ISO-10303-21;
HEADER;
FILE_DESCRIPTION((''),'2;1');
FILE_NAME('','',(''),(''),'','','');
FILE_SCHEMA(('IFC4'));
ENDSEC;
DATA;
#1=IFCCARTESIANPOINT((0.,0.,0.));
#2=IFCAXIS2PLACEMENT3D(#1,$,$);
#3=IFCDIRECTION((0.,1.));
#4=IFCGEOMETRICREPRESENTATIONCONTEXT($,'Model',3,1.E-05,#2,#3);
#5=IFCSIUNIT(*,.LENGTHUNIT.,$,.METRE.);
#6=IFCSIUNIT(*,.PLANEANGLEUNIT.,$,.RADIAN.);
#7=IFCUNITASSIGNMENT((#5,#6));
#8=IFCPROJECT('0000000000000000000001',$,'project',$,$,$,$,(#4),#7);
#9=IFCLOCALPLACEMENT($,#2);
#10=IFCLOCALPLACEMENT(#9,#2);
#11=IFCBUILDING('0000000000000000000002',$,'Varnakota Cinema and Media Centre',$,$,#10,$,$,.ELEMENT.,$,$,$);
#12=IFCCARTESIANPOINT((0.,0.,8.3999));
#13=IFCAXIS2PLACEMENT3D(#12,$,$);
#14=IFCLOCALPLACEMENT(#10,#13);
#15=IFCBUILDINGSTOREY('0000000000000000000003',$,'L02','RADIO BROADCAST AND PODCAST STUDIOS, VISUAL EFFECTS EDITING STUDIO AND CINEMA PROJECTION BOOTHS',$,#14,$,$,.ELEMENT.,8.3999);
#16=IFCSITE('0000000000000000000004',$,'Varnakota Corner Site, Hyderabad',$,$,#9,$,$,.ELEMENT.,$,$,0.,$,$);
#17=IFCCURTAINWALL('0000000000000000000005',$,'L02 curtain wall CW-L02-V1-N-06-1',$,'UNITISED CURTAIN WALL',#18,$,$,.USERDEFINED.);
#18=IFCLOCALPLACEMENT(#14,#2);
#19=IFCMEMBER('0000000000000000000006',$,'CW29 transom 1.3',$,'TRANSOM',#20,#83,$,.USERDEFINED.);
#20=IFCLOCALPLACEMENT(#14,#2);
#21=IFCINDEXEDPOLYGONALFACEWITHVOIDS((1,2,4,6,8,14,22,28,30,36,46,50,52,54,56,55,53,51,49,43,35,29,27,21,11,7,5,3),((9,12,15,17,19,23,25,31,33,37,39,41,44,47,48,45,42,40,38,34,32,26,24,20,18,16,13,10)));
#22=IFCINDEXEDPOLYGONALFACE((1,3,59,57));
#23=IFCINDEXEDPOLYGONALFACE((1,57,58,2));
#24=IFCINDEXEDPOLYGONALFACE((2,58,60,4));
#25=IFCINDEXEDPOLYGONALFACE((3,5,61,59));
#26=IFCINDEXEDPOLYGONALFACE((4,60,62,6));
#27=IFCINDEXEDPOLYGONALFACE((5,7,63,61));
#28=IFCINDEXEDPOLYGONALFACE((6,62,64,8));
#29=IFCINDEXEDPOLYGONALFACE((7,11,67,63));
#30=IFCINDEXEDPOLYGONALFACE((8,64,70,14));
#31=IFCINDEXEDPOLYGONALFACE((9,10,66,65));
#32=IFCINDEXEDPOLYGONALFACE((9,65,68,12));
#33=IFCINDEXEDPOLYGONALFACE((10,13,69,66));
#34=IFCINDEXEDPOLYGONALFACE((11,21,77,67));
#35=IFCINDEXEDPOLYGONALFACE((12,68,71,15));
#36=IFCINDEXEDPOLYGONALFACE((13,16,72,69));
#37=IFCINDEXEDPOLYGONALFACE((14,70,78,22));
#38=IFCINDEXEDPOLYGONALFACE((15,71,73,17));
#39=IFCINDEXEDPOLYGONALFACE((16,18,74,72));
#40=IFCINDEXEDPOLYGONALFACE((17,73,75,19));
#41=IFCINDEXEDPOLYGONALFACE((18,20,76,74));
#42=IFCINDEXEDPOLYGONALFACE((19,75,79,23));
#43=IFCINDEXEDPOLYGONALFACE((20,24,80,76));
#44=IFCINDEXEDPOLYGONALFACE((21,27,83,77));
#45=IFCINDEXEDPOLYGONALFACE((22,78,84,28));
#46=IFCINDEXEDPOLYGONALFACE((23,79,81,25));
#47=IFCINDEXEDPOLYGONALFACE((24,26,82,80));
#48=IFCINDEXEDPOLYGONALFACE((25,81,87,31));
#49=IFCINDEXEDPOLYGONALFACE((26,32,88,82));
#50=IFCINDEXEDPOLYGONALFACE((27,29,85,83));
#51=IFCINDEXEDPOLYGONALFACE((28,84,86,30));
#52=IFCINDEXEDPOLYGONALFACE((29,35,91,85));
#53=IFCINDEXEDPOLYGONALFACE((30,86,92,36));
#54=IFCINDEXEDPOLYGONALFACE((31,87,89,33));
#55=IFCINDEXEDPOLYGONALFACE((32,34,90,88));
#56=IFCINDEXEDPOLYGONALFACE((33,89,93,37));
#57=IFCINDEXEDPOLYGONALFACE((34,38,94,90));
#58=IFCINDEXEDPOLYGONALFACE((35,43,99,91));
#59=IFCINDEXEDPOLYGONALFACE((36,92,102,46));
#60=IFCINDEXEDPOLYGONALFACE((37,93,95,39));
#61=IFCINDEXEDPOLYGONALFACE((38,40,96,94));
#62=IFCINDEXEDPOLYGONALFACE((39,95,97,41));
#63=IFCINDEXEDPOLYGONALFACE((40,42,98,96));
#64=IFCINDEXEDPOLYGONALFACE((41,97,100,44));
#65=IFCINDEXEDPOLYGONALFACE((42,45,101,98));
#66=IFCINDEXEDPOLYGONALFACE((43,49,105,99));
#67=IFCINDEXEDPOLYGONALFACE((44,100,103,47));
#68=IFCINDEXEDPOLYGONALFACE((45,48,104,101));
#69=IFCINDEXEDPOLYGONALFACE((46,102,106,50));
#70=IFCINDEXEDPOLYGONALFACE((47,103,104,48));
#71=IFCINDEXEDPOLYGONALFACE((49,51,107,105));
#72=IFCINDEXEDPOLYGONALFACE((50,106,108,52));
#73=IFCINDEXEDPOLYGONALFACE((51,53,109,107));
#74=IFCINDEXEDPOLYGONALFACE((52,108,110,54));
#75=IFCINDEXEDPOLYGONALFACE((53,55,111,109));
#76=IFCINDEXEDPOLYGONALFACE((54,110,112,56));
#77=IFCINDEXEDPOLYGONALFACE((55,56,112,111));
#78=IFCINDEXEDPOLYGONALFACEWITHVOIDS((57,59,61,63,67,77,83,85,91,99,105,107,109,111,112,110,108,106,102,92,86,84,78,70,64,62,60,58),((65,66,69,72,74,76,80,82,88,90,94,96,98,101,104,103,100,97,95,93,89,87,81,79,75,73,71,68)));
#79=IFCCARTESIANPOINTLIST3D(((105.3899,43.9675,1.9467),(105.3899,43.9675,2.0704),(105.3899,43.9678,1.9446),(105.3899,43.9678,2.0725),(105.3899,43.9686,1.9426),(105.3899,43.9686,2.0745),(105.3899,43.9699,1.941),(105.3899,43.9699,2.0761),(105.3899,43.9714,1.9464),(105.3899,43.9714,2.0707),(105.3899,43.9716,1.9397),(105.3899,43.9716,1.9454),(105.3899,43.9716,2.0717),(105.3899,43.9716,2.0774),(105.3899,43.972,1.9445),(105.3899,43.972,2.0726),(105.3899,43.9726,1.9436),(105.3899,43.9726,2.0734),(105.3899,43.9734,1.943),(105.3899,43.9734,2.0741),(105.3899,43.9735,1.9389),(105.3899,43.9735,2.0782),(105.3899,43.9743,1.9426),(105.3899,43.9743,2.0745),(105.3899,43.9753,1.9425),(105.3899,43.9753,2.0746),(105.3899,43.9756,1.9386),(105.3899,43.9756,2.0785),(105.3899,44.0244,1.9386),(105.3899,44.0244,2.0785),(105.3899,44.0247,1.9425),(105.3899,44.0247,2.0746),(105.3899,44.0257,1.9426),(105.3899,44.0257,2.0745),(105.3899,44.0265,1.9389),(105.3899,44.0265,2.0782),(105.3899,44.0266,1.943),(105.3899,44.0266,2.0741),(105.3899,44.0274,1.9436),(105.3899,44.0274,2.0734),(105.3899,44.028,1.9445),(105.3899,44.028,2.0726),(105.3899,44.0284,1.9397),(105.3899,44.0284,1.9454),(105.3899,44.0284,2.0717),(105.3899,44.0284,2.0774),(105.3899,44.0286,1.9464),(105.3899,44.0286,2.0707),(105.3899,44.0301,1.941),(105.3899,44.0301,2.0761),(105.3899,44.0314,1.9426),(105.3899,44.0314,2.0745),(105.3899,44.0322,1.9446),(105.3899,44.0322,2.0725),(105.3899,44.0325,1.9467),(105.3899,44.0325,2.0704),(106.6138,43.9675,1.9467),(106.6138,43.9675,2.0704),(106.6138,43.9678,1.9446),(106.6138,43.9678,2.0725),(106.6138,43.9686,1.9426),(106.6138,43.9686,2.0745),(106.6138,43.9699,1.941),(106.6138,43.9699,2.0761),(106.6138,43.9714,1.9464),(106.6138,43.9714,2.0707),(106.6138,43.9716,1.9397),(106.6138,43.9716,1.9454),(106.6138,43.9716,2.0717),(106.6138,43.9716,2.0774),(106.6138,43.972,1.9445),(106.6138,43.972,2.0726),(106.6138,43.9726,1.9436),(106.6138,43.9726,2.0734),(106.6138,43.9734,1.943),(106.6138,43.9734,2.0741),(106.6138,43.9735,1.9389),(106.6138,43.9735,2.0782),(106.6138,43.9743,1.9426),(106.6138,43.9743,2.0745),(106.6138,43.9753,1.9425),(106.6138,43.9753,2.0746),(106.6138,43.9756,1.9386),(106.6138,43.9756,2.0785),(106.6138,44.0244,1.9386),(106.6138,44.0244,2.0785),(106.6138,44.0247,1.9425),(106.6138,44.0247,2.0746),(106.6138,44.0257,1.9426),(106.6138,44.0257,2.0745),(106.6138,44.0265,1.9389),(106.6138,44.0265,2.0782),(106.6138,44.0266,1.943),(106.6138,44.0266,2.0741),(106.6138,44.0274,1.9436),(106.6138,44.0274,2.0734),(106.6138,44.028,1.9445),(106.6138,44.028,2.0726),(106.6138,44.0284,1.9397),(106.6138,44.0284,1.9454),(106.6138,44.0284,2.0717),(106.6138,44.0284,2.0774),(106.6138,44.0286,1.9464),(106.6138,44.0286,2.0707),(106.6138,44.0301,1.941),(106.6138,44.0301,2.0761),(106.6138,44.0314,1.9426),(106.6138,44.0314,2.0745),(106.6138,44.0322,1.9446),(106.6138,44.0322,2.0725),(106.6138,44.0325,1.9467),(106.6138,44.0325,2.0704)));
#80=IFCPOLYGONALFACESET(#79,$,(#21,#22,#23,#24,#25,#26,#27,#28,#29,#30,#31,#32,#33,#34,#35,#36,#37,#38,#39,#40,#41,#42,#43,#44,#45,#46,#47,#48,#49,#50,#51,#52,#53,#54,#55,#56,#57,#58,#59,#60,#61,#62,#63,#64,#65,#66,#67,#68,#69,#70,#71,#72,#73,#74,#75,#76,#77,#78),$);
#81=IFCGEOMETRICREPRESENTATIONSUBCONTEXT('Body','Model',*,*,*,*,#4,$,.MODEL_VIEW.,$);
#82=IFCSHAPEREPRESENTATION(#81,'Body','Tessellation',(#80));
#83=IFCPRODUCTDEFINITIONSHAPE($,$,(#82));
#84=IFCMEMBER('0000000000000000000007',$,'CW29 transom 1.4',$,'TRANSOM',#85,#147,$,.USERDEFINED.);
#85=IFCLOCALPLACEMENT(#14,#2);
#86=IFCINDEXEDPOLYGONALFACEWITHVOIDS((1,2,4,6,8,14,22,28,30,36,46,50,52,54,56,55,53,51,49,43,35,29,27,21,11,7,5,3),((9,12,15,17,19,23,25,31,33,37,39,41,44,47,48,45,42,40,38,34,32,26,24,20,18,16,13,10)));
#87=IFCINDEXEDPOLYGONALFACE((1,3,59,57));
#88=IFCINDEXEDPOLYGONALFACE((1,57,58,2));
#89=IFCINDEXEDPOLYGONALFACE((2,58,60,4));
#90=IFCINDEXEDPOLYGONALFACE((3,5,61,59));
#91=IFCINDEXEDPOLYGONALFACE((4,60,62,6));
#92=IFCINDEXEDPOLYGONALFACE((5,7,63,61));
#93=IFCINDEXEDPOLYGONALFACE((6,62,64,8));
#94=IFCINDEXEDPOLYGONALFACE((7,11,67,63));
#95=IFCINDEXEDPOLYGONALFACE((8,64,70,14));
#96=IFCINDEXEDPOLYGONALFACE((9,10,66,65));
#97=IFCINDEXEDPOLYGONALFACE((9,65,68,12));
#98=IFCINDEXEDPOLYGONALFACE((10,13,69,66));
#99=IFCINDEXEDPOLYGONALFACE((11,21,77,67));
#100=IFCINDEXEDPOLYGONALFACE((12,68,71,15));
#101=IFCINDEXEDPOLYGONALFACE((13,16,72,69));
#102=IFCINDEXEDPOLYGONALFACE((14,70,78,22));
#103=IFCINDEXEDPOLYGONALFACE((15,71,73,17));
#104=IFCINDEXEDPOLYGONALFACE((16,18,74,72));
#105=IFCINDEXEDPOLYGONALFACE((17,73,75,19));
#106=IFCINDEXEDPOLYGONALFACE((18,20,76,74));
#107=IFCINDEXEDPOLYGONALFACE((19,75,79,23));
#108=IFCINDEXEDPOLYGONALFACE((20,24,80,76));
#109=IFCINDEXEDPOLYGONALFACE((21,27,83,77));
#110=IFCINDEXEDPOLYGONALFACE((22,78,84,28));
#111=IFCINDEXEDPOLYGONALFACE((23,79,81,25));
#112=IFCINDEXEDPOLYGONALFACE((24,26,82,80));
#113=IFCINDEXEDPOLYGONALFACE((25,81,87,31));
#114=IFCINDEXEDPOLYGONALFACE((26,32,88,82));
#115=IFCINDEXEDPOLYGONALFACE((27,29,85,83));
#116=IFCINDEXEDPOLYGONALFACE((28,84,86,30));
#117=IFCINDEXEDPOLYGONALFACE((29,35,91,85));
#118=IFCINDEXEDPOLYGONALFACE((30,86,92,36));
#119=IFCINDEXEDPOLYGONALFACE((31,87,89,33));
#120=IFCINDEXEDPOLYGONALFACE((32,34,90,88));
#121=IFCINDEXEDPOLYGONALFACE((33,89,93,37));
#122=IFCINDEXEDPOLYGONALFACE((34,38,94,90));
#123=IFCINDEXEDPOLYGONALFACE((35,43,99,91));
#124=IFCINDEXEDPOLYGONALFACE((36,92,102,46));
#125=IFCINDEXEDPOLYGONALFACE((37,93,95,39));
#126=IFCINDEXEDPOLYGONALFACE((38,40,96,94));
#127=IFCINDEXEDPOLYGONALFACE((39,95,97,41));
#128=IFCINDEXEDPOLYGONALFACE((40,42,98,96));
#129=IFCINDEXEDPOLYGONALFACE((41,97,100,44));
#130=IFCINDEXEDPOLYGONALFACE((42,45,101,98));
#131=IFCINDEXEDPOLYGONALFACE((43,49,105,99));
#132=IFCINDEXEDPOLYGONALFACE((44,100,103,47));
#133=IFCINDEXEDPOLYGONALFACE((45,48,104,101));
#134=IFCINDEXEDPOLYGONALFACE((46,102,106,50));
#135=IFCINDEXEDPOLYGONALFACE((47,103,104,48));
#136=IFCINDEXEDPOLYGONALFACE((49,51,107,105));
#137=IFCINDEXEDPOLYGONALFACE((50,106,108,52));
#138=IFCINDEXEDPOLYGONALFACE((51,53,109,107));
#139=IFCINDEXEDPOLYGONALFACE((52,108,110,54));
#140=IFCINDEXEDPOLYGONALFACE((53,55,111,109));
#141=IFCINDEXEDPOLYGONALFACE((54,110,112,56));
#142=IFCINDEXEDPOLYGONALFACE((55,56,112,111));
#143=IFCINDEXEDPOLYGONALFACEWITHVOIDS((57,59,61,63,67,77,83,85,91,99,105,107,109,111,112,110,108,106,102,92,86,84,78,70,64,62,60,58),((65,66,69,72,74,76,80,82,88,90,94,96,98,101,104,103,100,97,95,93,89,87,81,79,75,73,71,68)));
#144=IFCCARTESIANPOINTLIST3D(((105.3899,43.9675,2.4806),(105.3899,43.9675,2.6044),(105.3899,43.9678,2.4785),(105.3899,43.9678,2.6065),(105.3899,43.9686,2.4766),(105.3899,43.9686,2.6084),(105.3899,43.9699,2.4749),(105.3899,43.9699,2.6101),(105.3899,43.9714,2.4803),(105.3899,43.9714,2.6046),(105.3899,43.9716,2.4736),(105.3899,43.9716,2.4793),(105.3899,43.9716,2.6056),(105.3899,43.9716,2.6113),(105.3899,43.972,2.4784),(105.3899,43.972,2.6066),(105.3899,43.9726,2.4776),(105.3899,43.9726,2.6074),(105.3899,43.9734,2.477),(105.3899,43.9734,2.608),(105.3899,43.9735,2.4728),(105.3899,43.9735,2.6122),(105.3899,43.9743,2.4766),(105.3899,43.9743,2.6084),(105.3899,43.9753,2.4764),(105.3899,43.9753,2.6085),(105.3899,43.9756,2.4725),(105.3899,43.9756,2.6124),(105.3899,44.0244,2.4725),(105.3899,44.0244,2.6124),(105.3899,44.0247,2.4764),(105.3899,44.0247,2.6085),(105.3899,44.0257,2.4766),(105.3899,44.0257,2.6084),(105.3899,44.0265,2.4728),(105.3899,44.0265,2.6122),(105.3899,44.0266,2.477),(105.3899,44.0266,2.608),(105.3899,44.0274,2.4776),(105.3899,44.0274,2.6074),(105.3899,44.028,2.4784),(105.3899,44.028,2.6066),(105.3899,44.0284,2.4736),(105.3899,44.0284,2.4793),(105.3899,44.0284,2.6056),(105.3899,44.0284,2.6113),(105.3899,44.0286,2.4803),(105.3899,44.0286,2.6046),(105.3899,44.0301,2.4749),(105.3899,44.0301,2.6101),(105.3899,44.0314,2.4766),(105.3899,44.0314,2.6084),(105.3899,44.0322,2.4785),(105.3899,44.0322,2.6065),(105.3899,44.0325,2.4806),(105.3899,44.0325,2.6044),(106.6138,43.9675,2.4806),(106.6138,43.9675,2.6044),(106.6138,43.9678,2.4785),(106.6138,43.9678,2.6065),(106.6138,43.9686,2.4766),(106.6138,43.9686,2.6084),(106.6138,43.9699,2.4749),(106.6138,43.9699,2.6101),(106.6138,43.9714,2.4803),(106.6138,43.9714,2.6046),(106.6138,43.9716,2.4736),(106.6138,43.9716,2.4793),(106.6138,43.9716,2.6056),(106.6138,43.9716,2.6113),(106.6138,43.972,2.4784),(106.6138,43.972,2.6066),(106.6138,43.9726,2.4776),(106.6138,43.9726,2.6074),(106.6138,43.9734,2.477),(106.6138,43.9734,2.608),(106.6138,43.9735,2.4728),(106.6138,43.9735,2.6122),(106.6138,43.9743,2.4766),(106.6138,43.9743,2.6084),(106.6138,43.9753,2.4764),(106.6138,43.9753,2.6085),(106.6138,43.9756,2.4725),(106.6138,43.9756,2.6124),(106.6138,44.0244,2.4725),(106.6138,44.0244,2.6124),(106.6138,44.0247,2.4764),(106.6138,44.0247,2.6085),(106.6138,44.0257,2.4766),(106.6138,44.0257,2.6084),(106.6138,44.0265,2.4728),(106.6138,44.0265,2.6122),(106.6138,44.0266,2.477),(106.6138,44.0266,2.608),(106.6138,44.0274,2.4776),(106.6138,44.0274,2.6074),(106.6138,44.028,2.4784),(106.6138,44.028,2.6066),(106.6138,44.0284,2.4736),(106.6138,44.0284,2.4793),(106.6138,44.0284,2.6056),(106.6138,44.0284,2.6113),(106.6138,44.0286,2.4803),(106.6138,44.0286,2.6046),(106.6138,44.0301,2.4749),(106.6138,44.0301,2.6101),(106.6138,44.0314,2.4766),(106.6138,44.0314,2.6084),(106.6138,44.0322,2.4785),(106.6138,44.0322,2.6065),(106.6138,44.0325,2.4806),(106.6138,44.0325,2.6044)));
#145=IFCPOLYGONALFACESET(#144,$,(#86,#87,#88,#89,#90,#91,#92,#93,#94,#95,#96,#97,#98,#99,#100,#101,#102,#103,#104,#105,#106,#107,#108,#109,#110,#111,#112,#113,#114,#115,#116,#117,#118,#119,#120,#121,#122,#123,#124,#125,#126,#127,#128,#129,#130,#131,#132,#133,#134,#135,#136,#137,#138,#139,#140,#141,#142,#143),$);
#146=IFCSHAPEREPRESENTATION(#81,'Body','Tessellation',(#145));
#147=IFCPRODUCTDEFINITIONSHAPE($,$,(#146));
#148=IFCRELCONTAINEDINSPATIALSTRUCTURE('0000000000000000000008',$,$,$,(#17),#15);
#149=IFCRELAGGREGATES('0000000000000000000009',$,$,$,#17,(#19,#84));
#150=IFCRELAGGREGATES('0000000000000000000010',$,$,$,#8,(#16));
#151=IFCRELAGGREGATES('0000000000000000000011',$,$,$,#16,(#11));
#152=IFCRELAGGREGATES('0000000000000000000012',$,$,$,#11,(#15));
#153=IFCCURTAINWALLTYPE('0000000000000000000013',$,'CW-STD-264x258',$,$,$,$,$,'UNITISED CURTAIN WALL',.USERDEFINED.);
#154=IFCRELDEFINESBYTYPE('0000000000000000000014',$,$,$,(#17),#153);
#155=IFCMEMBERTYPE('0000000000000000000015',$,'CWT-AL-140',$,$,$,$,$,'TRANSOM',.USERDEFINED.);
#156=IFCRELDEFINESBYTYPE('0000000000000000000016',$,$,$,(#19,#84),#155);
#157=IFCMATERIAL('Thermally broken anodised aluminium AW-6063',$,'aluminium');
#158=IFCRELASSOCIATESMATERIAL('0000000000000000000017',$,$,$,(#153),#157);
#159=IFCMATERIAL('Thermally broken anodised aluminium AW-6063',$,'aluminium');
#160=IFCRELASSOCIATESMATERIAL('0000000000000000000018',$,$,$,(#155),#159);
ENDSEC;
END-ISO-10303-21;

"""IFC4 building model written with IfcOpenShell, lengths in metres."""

from ifc_helpers import new_model, si_unit, direction, frame, origin, origin_2d, place, context, subcontext, project, spatial, hollow_rectangle, extrude, material, material_profile, profile_set, type_object, element, aggregate, save


model = new_model("IFC4")

# Units and contexts
model_context = context("Model", 3, precision=1e-05, world=origin(), true_north=direction((0.0, 1.0)))
body_context = subcontext(model_context, "Body", "Model", "MODEL_VIEW")
ifc_project = project(units=[si_unit("LENGTHUNIT", "METRE"), si_unit("PLANEANGLEUNIT", "RADIAN")], contexts=[model_context])

# Site, building, storey
site_placement = place(None, origin())
site = spatial("IfcSite", under=ifc_project, at=site_placement, Name="Varnakota Corner Site, Hyderabad", CompositionType="ELEMENT", RefElevation=0.0)
building_placement = place(site_placement, origin())
building = spatial("IfcBuilding", under=site, at=building_placement, Name="Varnakota Cinema and Media Centre", CompositionType="ELEMENT")
storey_placement = place(building_placement, frame((0.0, 0.0, 8.3999)))
storey = spatial("IfcBuildingStorey", under=building, at=storey_placement, Name="L02", Description="RADIO BROADCAST AND PODCAST STUDIOS, VISUAL EFFECTS EDITING STUDIO AND CINEMA PROJECTION BOOTHS", CompositionType="ELEMENT", Elevation=8.3999)

# Curtain wall
ifc_material_1 = material(Name="Thermally broken anodised aluminium AW-6063", Category="aluminium")
curtain_wall_type = type_object("IfcCurtainWallType", Name="CW-STD-264x258", ElementType="UNITISED CURTAIN WALL", PredefinedType="USERDEFINED", material=ifc_material_1)
curtain_wall_1_placement = place(storey_placement, origin())
curtain_wall_1 = element("IfcCurtainWall", 1, at=curtain_wall_1_placement, inside=storey, type_object=curtain_wall_type, Name="L02 curtain wall CW-L02-V1-N-06-1", ObjectType="UNITISED CURTAIN WALL", PredefinedType="USERDEFINED")

# Members
ifc_material_2 = material(Name="Thermally broken anodised aluminium AW-6063", Category="aluminium")
ifc_material_profile_1 = material_profile(ifc_material_2, hollow_rectangle(XDim=0.0649, YDim=0.1399, WallThickness=0.0039, InnerFilletRadius=0.0039, OuterFilletRadius=0.0081, at=origin_2d()), Name="AL-TRANSOM 140x65x4")
ifc_profile_set_1 = profile_set([ifc_material_profile_1], Name="Thermally broken anodised aluminium AW-6063")
member_type_1 = type_object("IfcMemberType", Name="CWT-AL-140", ElementType="TRANSOM", PredefinedType="USERDEFINED", material=ifc_profile_set_1)
member_1_placement = place(storey_placement, frame((105.3899, 44.0, 2.0085), z_axis=(1.0, 0.0, 0.0), x_axis=(0.0, 1.0, 0.0)))
member_1 = element("IfcMember", 2, at=member_1_placement, type_object=member_type_1, Name="CW29 transom 1.3", ObjectType="TRANSOM", PredefinedType="USERDEFINED", context=body_context, shape_type="SweptSolid", body=[
    extrude(hollow_rectangle(XDim=0.0649, YDim=0.1399, WallThickness=0.0039, InnerFilletRadius=0.0039, OuterFilletRadius=0.0081, at=origin_2d()), origin(), (0.0, 0.0, 1.0), 1.2239),
])
member_2_placement = place(storey_placement, frame((105.3899, 44.0, 2.5425), z_axis=(1.0, 0.0, 0.0), x_axis=(0.0, 1.0, 0.0)))
member_2 = element("IfcMember", 3, at=member_2_placement, type_object=member_type_1, Name="CW29 transom 1.4", ObjectType="TRANSOM", PredefinedType="USERDEFINED", context=body_context, shape_type="SweptSolid", body=[
    extrude(hollow_rectangle(XDim=0.0649, YDim=0.1399, WallThickness=0.0039, InnerFilletRadius=0.0039, OuterFilletRadius=0.0081, at=origin_2d()), origin(), (0.0, 0.0, 1.0), 1.2239),
])

aggregate(curtain_wall_1, [member_1, member_2])

save(model, "model.ifc")
